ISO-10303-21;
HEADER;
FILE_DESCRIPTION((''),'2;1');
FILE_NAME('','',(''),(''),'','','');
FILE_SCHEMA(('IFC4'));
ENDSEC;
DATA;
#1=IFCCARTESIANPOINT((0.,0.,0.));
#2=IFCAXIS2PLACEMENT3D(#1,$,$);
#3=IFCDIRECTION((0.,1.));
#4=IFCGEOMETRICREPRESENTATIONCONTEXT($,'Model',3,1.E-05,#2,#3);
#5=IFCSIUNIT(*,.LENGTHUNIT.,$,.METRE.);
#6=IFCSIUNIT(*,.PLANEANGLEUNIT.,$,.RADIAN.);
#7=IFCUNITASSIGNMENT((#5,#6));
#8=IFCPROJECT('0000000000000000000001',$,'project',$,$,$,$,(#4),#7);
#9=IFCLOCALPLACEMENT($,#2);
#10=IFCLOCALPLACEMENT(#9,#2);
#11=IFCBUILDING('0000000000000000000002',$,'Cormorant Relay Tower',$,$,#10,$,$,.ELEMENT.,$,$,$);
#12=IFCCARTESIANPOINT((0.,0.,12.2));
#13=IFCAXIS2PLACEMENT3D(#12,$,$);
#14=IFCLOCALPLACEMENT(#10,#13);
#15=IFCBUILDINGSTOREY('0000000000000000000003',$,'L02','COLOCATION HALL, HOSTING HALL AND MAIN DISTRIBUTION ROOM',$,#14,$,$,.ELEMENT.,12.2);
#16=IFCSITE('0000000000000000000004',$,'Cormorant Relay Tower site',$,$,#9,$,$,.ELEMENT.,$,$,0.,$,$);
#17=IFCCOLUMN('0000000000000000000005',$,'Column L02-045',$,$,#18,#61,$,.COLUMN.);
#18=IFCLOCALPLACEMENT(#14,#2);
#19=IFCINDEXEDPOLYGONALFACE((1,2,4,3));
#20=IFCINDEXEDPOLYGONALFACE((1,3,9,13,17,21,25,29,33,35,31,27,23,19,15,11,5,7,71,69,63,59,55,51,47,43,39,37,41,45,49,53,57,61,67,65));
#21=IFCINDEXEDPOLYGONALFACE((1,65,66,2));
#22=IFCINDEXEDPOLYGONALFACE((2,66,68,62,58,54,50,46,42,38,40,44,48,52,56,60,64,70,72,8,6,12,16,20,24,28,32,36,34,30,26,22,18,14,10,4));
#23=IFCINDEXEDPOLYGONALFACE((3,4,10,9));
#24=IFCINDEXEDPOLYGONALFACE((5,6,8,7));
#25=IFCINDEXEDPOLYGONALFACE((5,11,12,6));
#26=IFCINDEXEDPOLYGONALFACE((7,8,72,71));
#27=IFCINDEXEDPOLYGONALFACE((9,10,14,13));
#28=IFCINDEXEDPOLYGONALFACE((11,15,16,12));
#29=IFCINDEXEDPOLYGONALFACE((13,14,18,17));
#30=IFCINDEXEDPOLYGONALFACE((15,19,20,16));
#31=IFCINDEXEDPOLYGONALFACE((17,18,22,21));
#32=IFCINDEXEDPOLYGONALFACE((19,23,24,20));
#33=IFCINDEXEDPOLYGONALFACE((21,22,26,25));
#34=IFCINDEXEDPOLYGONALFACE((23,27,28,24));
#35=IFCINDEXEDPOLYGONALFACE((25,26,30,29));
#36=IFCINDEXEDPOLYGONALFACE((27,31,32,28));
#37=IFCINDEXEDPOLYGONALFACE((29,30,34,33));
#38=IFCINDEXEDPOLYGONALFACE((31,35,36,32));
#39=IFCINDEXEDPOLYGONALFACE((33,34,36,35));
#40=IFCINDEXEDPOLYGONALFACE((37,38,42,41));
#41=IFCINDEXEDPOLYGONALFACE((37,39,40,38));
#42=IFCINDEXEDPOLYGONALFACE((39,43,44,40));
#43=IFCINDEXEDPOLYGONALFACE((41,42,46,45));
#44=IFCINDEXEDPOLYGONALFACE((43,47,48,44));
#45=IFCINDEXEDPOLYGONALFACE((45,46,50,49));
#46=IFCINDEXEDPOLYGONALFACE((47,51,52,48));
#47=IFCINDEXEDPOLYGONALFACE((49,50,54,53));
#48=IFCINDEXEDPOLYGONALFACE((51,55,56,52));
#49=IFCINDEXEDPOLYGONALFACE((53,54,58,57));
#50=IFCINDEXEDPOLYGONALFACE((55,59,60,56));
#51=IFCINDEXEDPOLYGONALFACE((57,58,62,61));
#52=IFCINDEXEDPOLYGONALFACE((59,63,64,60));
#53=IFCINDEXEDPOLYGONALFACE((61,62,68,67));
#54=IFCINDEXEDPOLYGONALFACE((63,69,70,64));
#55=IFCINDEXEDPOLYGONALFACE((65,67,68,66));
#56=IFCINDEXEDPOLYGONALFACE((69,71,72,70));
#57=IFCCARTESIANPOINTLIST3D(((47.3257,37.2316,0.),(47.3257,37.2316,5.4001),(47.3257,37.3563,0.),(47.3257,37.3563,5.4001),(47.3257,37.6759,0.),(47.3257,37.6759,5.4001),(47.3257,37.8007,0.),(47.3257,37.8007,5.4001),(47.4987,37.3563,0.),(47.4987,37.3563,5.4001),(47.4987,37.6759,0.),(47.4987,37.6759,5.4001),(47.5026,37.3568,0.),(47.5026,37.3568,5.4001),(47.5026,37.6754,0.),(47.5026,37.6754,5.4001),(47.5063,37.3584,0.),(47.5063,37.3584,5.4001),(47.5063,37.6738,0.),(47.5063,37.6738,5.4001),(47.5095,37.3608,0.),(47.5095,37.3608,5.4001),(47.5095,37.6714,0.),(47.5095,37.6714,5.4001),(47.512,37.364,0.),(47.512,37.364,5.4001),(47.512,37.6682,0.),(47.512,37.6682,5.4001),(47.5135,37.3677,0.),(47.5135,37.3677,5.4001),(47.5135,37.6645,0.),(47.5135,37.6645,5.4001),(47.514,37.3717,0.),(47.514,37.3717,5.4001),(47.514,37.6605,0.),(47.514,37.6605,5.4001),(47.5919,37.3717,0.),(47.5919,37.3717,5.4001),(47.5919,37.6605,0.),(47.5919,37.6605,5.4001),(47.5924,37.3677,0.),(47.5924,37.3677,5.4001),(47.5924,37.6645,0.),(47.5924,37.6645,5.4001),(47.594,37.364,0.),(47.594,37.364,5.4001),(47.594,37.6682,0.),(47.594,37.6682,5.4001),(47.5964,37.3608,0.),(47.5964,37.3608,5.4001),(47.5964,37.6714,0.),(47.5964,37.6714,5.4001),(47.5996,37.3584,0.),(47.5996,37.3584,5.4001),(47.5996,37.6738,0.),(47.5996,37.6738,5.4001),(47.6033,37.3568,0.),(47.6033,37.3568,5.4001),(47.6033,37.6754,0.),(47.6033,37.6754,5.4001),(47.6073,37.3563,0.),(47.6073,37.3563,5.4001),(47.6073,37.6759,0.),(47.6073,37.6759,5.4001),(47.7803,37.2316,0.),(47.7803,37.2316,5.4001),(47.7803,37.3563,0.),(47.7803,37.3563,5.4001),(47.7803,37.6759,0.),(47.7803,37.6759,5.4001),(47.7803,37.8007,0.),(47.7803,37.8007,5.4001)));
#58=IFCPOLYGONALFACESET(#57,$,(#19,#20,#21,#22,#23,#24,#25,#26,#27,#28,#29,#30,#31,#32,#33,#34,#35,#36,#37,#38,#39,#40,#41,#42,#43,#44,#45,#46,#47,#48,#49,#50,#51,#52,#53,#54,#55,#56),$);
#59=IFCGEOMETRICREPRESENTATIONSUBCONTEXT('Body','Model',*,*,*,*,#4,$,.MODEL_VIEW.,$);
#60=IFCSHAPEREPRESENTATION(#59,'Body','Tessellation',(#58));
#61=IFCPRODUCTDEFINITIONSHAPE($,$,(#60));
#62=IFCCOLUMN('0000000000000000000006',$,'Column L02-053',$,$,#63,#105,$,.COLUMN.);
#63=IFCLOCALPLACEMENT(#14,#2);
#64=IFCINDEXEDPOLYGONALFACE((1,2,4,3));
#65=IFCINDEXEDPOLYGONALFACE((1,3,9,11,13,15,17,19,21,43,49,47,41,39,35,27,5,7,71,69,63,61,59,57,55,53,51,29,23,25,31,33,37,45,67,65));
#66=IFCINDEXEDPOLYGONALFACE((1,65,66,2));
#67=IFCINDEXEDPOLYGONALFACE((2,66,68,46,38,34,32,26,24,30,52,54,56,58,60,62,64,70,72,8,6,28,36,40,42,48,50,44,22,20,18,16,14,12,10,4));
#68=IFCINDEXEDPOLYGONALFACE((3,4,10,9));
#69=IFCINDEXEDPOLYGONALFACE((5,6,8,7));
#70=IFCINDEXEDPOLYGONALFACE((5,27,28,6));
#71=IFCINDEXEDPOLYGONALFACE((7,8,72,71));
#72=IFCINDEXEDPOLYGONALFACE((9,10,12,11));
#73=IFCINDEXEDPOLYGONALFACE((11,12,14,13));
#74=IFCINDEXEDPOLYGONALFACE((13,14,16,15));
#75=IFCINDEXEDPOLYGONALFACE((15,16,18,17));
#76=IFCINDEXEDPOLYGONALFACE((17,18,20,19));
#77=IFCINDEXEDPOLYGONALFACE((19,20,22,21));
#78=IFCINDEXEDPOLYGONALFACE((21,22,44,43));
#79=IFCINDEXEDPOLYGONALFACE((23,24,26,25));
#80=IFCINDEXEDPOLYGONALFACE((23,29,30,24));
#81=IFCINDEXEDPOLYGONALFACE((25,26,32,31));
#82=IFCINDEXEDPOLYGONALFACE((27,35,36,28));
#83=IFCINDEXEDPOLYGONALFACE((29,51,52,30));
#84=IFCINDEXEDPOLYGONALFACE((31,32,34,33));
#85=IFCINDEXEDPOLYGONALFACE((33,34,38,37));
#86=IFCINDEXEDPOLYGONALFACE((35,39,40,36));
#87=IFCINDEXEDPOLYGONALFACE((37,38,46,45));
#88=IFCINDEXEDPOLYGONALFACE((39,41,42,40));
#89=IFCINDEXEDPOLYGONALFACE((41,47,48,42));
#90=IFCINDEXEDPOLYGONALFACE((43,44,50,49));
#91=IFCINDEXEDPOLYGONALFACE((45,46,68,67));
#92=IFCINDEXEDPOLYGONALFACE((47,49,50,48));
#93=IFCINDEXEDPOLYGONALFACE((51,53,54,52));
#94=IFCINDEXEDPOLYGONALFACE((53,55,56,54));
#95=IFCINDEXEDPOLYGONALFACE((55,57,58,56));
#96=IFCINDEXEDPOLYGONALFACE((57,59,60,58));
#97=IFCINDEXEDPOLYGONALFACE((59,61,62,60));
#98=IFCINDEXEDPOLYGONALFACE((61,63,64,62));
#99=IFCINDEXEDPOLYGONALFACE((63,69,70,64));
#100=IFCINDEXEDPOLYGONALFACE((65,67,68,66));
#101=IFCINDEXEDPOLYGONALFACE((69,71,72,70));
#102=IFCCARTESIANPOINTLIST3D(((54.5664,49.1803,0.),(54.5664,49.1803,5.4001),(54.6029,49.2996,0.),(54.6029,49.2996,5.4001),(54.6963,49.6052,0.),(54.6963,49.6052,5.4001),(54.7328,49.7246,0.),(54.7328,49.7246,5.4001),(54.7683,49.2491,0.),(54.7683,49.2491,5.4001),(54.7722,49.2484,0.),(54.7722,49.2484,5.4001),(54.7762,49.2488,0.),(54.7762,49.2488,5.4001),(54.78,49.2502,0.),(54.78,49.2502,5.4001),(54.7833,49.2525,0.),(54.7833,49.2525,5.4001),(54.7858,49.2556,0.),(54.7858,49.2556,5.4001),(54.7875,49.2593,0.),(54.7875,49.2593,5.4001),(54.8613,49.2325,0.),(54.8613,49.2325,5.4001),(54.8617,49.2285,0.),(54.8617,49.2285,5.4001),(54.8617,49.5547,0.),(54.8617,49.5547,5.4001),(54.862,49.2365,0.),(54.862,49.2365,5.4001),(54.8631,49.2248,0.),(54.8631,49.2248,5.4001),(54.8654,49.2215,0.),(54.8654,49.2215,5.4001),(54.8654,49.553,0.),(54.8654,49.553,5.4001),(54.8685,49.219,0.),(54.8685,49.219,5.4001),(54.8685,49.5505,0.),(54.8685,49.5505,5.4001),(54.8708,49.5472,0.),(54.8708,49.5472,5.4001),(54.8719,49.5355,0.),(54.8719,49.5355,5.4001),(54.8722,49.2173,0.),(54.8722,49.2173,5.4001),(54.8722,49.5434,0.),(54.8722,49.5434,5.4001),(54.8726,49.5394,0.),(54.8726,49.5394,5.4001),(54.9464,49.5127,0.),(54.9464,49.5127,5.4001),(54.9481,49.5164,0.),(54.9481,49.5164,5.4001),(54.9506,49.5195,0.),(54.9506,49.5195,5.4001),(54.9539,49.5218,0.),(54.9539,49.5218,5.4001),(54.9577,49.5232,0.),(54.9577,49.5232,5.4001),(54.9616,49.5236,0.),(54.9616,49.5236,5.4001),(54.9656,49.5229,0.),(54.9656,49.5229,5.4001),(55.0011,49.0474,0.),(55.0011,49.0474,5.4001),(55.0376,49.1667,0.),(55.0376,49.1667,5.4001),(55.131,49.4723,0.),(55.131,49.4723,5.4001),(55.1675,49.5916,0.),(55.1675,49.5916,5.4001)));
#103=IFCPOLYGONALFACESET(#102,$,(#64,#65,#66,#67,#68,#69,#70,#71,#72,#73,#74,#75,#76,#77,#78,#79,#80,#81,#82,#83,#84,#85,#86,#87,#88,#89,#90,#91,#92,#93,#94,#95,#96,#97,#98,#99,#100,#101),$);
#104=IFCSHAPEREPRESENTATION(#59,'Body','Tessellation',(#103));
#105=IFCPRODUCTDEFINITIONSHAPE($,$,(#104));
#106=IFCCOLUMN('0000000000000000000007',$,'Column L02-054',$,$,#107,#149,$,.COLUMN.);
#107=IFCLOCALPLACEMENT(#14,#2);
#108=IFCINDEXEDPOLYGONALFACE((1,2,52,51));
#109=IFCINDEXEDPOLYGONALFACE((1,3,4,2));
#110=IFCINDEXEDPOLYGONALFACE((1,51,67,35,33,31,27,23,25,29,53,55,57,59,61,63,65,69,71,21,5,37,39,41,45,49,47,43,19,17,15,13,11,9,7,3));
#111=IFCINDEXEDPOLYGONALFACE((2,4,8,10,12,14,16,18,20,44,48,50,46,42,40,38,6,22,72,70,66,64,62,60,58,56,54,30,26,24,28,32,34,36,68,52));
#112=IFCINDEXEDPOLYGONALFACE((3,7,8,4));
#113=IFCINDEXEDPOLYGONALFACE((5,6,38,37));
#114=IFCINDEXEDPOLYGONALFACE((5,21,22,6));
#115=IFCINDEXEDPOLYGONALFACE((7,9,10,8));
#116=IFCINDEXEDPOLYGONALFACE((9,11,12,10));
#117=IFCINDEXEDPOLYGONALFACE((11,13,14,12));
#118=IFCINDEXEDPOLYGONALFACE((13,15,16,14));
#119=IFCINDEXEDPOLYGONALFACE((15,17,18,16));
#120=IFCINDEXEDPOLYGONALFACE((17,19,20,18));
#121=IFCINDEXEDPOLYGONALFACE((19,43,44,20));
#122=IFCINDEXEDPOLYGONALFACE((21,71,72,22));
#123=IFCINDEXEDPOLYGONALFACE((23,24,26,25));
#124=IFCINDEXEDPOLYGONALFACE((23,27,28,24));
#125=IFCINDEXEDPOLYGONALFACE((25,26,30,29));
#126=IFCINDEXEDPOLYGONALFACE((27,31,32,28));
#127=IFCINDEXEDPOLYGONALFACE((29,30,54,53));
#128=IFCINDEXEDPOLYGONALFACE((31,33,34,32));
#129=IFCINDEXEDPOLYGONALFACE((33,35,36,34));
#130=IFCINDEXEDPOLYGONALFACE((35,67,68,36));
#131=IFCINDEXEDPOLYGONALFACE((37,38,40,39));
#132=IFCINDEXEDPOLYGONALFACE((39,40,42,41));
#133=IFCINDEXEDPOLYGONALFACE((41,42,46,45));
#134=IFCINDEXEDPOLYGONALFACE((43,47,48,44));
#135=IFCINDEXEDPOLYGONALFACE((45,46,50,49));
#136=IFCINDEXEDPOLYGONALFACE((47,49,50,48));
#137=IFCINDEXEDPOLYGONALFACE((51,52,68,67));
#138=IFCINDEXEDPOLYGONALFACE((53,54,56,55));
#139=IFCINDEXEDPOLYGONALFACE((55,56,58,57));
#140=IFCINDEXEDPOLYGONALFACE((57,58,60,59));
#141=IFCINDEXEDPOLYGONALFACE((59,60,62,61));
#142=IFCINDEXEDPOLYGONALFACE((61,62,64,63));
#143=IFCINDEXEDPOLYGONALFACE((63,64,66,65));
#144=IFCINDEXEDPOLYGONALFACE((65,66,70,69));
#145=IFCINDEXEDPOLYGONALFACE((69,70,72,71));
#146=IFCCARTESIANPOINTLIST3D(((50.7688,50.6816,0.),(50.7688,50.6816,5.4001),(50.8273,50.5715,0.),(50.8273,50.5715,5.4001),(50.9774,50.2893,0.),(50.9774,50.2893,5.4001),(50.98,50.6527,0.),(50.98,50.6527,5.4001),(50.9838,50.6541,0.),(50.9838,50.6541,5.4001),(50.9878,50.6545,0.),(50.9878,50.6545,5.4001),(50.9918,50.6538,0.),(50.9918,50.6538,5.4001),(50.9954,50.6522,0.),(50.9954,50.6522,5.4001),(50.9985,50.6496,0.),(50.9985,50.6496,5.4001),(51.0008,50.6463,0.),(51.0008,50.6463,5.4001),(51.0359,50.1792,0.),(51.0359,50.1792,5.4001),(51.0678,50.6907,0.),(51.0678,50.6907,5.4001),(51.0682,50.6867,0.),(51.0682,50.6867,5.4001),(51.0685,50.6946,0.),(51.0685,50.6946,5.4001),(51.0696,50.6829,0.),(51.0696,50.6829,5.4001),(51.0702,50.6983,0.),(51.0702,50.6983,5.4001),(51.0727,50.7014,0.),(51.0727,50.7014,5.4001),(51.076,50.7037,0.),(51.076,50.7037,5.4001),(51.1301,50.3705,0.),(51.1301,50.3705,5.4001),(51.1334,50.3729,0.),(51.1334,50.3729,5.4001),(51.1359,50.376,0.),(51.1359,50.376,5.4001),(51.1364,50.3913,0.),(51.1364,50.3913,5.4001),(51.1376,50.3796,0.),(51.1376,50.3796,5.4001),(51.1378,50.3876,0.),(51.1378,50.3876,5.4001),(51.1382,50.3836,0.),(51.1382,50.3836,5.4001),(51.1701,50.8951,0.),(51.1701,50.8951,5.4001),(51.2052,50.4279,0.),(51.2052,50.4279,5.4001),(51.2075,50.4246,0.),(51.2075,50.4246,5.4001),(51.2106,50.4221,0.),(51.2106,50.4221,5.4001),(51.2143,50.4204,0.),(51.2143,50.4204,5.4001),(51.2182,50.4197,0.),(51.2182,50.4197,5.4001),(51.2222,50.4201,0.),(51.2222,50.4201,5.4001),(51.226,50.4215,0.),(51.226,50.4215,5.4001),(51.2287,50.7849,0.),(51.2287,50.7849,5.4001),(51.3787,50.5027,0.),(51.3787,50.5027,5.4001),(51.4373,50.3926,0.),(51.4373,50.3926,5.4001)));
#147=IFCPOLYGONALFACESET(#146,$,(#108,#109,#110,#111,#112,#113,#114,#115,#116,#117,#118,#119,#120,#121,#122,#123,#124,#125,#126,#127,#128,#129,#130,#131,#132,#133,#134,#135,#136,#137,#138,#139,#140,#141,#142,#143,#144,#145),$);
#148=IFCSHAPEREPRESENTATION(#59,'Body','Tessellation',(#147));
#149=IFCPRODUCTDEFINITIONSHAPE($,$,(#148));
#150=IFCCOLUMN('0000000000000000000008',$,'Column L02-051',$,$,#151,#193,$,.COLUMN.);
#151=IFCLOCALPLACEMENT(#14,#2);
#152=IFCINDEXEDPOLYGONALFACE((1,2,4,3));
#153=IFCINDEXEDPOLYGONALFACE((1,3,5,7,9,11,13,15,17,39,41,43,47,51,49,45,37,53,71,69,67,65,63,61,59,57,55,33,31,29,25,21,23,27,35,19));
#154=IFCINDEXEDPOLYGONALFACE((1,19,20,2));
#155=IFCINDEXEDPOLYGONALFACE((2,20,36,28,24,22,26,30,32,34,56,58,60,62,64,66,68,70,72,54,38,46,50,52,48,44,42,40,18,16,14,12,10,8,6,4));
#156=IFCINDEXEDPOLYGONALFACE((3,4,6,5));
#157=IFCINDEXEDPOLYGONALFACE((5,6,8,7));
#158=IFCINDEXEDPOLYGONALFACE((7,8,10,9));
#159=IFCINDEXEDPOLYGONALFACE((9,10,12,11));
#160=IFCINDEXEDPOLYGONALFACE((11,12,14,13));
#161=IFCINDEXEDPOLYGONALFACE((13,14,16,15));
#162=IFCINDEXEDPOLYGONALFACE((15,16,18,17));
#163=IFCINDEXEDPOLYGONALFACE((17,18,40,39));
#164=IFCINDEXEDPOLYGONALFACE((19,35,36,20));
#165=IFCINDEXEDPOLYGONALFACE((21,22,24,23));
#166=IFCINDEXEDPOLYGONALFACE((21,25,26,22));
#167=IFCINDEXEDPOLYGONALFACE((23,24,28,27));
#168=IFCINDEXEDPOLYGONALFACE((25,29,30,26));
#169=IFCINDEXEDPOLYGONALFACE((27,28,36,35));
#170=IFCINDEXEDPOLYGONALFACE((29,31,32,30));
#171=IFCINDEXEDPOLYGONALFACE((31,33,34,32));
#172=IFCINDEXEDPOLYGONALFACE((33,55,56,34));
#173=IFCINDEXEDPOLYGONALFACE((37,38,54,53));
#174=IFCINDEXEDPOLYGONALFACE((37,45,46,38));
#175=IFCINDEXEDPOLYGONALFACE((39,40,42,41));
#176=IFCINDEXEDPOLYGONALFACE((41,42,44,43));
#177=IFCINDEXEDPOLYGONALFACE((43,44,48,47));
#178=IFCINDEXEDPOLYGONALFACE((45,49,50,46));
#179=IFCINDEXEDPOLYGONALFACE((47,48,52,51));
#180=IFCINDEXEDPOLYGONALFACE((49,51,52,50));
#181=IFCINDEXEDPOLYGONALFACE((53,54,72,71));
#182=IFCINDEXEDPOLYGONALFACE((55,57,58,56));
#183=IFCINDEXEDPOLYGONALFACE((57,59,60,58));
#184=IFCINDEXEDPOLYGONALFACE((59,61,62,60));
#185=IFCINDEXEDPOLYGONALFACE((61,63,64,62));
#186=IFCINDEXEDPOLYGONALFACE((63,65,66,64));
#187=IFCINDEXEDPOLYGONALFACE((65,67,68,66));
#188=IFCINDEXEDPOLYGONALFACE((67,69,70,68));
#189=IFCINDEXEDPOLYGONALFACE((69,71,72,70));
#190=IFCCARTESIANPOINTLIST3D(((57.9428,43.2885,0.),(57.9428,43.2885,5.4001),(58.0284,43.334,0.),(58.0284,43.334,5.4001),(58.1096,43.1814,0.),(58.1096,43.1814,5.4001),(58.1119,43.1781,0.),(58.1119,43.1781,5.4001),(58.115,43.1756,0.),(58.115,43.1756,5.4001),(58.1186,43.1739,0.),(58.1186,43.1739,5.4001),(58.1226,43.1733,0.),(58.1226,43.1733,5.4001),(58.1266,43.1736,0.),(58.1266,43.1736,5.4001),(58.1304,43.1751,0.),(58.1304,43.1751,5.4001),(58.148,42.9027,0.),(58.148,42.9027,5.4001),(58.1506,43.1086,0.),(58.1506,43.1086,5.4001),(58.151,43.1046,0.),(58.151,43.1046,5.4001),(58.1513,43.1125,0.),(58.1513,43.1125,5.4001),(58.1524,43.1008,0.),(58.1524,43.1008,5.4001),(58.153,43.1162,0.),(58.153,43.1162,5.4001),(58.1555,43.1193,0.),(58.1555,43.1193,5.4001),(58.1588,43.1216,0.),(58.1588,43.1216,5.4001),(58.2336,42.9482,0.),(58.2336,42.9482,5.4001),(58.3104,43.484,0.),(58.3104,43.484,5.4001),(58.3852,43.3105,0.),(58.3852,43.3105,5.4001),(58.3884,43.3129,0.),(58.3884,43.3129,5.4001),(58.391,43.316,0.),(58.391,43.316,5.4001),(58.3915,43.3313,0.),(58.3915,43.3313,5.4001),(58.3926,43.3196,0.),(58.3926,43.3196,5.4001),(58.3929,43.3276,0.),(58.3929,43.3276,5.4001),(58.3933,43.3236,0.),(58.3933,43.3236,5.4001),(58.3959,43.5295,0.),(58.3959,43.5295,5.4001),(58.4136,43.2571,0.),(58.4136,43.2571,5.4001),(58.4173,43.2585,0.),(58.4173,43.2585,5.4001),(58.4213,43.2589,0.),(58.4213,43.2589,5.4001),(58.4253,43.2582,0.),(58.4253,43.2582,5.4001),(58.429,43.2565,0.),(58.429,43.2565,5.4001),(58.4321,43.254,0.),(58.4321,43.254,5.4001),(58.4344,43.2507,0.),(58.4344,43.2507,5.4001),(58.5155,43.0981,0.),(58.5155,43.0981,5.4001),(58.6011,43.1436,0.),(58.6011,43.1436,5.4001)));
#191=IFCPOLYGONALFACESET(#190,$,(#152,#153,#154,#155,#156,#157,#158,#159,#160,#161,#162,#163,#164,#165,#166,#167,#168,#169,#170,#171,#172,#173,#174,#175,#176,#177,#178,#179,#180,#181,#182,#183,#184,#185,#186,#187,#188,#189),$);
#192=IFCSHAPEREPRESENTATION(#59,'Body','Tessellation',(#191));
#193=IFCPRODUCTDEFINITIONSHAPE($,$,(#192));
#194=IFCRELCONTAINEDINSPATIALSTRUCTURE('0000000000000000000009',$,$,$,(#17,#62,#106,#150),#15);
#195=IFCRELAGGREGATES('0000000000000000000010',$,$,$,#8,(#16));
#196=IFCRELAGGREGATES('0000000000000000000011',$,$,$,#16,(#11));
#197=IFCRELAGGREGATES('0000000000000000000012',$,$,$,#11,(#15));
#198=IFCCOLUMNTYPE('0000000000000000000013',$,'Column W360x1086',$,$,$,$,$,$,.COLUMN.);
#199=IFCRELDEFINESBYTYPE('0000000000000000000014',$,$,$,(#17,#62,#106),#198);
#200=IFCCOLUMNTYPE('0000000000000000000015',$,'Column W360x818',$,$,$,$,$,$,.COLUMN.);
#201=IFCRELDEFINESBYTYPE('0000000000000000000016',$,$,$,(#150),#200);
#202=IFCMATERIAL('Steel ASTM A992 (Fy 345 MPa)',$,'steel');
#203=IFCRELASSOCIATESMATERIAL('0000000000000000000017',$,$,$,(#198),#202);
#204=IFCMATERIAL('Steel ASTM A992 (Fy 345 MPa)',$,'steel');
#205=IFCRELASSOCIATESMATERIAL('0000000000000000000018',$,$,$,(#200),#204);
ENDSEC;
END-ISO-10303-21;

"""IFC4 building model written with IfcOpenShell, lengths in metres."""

from ifc_helpers import new_model, si_unit, direction, frame, origin, origin_2d, place, context, subcontext, project, spatial, i_section, extrude, material, material_profile, profile_set, type_object, element, save


model = new_model("IFC4")

# Units and contexts
model_context = context("Model", 3, precision=1e-05, world=origin(), true_north=direction((0.0, 1.0)))
body_context = subcontext(model_context, "Body", "Model", "MODEL_VIEW")
ifc_project = project(units=[si_unit("LENGTHUNIT", "METRE"), si_unit("PLANEANGLEUNIT", "RADIAN")], contexts=[model_context])

# Site, building, storey
site_placement = place(None, origin())
site = spatial("IfcSite", under=ifc_project, at=site_placement, Name="Cormorant Relay Tower site", CompositionType="ELEMENT", RefElevation=0.0)
building_placement = place(site_placement, origin())
building = spatial("IfcBuilding", under=site, at=building_placement, Name="Cormorant Relay Tower", CompositionType="ELEMENT")
storey_placement = place(building_placement, frame((0.0, 0.0, 12.2)))
storey = spatial("IfcBuildingStorey", under=building, at=storey_placement, Name="L02", Description="COLOCATION HALL, HOSTING HALL AND MAIN DISTRIBUTION ROOM", CompositionType="ELEMENT", Elevation=12.2)

# Columns
ifc_material_1 = material(Name="Steel ASTM A992 (Fy 345 MPa)", Category="steel")
ifc_material_profile_1 = material_profile(ifc_material_1, i_section(OverallWidth=0.4546, OverallDepth=0.5691, WebThickness=0.0779, FlangeThickness=0.1248, FilletRadius=0.0154, at=origin_2d()), Name="W360x1086")
ifc_profile_set_1 = profile_set([ifc_material_profile_1], Name="Steel ASTM A992 (Fy 345 MPa)")
column_type_1 = type_object("IfcColumnType", Name="Column W360x1086", PredefinedType="COLUMN", material=ifc_profile_set_1)
for number, where, z_axis, x_axis, name in (
    (1, (47.553, 37.5161, 0.0), (0.0, 0.0, 1.0), (1.0, 0.0, 0.0), "Column L02-045"),
    (2, (54.8669, 49.386, 0.0), (0.0, 0.0, 1.0), (-0.956305, 0.292372, 0.0), "Column L02-053"),
    (3, (51.103, 50.5371, 0.0), (0.0, 0.0, 1.0), (-0.882948, -0.469472, 0.0), "Column L02-054"),
):
    element("IfcColumn", number, at=place(storey_placement, frame(where, z_axis=z_axis, x_axis=x_axis)), inside=storey, type_object=column_type_1, Name=name, PredefinedType="COLUMN", context=body_context, shape_type="SweptSolid", body=[
        extrude(i_section(OverallWidth=0.4546, OverallDepth=0.5691, WebThickness=0.0779, FlangeThickness=0.1248, FilletRadius=0.0154, at=origin_2d()), origin(), (0.0, 0.0, 1.0), 5.4001),
    ])
ifc_material_2 = material(Name="Steel ASTM A992 (Fy 345 MPa)", Category="steel")
ifc_material_profile_2 = material_profile(ifc_material_2, i_section(OverallWidth=0.437, OverallDepth=0.5132, WebThickness=0.0605, FlangeThickness=0.0969, FilletRadius=0.0154, at=origin_2d()), Name="W360x818")
ifc_profile_set_2 = profile_set([ifc_material_profile_2], Name="Steel ASTM A992 (Fy 345 MPa)")
column_type_2 = type_object("IfcColumnType", Name="Column W360x818", PredefinedType="COLUMN", material=ifc_profile_set_2)
column_placement = place(storey_placement, frame((58.272, 43.2161, 0.0), z_axis=(0.0, 0.0, 1.0), x_axis=(-0.469472, 0.882948, 0.0)))
element("IfcColumn", 4, at=column_placement, inside=storey, type_object=column_type_2, Name="Column L02-051", PredefinedType="COLUMN", context=body_context, shape_type="SweptSolid", body=[
    extrude(i_section(OverallWidth=0.437, OverallDepth=0.5132, WebThickness=0.0605, FlangeThickness=0.0969, FilletRadius=0.0154, at=origin_2d()), origin(), (0.0, 0.0, 1.0), 5.4001),
])

save(model, "model.ifc")
